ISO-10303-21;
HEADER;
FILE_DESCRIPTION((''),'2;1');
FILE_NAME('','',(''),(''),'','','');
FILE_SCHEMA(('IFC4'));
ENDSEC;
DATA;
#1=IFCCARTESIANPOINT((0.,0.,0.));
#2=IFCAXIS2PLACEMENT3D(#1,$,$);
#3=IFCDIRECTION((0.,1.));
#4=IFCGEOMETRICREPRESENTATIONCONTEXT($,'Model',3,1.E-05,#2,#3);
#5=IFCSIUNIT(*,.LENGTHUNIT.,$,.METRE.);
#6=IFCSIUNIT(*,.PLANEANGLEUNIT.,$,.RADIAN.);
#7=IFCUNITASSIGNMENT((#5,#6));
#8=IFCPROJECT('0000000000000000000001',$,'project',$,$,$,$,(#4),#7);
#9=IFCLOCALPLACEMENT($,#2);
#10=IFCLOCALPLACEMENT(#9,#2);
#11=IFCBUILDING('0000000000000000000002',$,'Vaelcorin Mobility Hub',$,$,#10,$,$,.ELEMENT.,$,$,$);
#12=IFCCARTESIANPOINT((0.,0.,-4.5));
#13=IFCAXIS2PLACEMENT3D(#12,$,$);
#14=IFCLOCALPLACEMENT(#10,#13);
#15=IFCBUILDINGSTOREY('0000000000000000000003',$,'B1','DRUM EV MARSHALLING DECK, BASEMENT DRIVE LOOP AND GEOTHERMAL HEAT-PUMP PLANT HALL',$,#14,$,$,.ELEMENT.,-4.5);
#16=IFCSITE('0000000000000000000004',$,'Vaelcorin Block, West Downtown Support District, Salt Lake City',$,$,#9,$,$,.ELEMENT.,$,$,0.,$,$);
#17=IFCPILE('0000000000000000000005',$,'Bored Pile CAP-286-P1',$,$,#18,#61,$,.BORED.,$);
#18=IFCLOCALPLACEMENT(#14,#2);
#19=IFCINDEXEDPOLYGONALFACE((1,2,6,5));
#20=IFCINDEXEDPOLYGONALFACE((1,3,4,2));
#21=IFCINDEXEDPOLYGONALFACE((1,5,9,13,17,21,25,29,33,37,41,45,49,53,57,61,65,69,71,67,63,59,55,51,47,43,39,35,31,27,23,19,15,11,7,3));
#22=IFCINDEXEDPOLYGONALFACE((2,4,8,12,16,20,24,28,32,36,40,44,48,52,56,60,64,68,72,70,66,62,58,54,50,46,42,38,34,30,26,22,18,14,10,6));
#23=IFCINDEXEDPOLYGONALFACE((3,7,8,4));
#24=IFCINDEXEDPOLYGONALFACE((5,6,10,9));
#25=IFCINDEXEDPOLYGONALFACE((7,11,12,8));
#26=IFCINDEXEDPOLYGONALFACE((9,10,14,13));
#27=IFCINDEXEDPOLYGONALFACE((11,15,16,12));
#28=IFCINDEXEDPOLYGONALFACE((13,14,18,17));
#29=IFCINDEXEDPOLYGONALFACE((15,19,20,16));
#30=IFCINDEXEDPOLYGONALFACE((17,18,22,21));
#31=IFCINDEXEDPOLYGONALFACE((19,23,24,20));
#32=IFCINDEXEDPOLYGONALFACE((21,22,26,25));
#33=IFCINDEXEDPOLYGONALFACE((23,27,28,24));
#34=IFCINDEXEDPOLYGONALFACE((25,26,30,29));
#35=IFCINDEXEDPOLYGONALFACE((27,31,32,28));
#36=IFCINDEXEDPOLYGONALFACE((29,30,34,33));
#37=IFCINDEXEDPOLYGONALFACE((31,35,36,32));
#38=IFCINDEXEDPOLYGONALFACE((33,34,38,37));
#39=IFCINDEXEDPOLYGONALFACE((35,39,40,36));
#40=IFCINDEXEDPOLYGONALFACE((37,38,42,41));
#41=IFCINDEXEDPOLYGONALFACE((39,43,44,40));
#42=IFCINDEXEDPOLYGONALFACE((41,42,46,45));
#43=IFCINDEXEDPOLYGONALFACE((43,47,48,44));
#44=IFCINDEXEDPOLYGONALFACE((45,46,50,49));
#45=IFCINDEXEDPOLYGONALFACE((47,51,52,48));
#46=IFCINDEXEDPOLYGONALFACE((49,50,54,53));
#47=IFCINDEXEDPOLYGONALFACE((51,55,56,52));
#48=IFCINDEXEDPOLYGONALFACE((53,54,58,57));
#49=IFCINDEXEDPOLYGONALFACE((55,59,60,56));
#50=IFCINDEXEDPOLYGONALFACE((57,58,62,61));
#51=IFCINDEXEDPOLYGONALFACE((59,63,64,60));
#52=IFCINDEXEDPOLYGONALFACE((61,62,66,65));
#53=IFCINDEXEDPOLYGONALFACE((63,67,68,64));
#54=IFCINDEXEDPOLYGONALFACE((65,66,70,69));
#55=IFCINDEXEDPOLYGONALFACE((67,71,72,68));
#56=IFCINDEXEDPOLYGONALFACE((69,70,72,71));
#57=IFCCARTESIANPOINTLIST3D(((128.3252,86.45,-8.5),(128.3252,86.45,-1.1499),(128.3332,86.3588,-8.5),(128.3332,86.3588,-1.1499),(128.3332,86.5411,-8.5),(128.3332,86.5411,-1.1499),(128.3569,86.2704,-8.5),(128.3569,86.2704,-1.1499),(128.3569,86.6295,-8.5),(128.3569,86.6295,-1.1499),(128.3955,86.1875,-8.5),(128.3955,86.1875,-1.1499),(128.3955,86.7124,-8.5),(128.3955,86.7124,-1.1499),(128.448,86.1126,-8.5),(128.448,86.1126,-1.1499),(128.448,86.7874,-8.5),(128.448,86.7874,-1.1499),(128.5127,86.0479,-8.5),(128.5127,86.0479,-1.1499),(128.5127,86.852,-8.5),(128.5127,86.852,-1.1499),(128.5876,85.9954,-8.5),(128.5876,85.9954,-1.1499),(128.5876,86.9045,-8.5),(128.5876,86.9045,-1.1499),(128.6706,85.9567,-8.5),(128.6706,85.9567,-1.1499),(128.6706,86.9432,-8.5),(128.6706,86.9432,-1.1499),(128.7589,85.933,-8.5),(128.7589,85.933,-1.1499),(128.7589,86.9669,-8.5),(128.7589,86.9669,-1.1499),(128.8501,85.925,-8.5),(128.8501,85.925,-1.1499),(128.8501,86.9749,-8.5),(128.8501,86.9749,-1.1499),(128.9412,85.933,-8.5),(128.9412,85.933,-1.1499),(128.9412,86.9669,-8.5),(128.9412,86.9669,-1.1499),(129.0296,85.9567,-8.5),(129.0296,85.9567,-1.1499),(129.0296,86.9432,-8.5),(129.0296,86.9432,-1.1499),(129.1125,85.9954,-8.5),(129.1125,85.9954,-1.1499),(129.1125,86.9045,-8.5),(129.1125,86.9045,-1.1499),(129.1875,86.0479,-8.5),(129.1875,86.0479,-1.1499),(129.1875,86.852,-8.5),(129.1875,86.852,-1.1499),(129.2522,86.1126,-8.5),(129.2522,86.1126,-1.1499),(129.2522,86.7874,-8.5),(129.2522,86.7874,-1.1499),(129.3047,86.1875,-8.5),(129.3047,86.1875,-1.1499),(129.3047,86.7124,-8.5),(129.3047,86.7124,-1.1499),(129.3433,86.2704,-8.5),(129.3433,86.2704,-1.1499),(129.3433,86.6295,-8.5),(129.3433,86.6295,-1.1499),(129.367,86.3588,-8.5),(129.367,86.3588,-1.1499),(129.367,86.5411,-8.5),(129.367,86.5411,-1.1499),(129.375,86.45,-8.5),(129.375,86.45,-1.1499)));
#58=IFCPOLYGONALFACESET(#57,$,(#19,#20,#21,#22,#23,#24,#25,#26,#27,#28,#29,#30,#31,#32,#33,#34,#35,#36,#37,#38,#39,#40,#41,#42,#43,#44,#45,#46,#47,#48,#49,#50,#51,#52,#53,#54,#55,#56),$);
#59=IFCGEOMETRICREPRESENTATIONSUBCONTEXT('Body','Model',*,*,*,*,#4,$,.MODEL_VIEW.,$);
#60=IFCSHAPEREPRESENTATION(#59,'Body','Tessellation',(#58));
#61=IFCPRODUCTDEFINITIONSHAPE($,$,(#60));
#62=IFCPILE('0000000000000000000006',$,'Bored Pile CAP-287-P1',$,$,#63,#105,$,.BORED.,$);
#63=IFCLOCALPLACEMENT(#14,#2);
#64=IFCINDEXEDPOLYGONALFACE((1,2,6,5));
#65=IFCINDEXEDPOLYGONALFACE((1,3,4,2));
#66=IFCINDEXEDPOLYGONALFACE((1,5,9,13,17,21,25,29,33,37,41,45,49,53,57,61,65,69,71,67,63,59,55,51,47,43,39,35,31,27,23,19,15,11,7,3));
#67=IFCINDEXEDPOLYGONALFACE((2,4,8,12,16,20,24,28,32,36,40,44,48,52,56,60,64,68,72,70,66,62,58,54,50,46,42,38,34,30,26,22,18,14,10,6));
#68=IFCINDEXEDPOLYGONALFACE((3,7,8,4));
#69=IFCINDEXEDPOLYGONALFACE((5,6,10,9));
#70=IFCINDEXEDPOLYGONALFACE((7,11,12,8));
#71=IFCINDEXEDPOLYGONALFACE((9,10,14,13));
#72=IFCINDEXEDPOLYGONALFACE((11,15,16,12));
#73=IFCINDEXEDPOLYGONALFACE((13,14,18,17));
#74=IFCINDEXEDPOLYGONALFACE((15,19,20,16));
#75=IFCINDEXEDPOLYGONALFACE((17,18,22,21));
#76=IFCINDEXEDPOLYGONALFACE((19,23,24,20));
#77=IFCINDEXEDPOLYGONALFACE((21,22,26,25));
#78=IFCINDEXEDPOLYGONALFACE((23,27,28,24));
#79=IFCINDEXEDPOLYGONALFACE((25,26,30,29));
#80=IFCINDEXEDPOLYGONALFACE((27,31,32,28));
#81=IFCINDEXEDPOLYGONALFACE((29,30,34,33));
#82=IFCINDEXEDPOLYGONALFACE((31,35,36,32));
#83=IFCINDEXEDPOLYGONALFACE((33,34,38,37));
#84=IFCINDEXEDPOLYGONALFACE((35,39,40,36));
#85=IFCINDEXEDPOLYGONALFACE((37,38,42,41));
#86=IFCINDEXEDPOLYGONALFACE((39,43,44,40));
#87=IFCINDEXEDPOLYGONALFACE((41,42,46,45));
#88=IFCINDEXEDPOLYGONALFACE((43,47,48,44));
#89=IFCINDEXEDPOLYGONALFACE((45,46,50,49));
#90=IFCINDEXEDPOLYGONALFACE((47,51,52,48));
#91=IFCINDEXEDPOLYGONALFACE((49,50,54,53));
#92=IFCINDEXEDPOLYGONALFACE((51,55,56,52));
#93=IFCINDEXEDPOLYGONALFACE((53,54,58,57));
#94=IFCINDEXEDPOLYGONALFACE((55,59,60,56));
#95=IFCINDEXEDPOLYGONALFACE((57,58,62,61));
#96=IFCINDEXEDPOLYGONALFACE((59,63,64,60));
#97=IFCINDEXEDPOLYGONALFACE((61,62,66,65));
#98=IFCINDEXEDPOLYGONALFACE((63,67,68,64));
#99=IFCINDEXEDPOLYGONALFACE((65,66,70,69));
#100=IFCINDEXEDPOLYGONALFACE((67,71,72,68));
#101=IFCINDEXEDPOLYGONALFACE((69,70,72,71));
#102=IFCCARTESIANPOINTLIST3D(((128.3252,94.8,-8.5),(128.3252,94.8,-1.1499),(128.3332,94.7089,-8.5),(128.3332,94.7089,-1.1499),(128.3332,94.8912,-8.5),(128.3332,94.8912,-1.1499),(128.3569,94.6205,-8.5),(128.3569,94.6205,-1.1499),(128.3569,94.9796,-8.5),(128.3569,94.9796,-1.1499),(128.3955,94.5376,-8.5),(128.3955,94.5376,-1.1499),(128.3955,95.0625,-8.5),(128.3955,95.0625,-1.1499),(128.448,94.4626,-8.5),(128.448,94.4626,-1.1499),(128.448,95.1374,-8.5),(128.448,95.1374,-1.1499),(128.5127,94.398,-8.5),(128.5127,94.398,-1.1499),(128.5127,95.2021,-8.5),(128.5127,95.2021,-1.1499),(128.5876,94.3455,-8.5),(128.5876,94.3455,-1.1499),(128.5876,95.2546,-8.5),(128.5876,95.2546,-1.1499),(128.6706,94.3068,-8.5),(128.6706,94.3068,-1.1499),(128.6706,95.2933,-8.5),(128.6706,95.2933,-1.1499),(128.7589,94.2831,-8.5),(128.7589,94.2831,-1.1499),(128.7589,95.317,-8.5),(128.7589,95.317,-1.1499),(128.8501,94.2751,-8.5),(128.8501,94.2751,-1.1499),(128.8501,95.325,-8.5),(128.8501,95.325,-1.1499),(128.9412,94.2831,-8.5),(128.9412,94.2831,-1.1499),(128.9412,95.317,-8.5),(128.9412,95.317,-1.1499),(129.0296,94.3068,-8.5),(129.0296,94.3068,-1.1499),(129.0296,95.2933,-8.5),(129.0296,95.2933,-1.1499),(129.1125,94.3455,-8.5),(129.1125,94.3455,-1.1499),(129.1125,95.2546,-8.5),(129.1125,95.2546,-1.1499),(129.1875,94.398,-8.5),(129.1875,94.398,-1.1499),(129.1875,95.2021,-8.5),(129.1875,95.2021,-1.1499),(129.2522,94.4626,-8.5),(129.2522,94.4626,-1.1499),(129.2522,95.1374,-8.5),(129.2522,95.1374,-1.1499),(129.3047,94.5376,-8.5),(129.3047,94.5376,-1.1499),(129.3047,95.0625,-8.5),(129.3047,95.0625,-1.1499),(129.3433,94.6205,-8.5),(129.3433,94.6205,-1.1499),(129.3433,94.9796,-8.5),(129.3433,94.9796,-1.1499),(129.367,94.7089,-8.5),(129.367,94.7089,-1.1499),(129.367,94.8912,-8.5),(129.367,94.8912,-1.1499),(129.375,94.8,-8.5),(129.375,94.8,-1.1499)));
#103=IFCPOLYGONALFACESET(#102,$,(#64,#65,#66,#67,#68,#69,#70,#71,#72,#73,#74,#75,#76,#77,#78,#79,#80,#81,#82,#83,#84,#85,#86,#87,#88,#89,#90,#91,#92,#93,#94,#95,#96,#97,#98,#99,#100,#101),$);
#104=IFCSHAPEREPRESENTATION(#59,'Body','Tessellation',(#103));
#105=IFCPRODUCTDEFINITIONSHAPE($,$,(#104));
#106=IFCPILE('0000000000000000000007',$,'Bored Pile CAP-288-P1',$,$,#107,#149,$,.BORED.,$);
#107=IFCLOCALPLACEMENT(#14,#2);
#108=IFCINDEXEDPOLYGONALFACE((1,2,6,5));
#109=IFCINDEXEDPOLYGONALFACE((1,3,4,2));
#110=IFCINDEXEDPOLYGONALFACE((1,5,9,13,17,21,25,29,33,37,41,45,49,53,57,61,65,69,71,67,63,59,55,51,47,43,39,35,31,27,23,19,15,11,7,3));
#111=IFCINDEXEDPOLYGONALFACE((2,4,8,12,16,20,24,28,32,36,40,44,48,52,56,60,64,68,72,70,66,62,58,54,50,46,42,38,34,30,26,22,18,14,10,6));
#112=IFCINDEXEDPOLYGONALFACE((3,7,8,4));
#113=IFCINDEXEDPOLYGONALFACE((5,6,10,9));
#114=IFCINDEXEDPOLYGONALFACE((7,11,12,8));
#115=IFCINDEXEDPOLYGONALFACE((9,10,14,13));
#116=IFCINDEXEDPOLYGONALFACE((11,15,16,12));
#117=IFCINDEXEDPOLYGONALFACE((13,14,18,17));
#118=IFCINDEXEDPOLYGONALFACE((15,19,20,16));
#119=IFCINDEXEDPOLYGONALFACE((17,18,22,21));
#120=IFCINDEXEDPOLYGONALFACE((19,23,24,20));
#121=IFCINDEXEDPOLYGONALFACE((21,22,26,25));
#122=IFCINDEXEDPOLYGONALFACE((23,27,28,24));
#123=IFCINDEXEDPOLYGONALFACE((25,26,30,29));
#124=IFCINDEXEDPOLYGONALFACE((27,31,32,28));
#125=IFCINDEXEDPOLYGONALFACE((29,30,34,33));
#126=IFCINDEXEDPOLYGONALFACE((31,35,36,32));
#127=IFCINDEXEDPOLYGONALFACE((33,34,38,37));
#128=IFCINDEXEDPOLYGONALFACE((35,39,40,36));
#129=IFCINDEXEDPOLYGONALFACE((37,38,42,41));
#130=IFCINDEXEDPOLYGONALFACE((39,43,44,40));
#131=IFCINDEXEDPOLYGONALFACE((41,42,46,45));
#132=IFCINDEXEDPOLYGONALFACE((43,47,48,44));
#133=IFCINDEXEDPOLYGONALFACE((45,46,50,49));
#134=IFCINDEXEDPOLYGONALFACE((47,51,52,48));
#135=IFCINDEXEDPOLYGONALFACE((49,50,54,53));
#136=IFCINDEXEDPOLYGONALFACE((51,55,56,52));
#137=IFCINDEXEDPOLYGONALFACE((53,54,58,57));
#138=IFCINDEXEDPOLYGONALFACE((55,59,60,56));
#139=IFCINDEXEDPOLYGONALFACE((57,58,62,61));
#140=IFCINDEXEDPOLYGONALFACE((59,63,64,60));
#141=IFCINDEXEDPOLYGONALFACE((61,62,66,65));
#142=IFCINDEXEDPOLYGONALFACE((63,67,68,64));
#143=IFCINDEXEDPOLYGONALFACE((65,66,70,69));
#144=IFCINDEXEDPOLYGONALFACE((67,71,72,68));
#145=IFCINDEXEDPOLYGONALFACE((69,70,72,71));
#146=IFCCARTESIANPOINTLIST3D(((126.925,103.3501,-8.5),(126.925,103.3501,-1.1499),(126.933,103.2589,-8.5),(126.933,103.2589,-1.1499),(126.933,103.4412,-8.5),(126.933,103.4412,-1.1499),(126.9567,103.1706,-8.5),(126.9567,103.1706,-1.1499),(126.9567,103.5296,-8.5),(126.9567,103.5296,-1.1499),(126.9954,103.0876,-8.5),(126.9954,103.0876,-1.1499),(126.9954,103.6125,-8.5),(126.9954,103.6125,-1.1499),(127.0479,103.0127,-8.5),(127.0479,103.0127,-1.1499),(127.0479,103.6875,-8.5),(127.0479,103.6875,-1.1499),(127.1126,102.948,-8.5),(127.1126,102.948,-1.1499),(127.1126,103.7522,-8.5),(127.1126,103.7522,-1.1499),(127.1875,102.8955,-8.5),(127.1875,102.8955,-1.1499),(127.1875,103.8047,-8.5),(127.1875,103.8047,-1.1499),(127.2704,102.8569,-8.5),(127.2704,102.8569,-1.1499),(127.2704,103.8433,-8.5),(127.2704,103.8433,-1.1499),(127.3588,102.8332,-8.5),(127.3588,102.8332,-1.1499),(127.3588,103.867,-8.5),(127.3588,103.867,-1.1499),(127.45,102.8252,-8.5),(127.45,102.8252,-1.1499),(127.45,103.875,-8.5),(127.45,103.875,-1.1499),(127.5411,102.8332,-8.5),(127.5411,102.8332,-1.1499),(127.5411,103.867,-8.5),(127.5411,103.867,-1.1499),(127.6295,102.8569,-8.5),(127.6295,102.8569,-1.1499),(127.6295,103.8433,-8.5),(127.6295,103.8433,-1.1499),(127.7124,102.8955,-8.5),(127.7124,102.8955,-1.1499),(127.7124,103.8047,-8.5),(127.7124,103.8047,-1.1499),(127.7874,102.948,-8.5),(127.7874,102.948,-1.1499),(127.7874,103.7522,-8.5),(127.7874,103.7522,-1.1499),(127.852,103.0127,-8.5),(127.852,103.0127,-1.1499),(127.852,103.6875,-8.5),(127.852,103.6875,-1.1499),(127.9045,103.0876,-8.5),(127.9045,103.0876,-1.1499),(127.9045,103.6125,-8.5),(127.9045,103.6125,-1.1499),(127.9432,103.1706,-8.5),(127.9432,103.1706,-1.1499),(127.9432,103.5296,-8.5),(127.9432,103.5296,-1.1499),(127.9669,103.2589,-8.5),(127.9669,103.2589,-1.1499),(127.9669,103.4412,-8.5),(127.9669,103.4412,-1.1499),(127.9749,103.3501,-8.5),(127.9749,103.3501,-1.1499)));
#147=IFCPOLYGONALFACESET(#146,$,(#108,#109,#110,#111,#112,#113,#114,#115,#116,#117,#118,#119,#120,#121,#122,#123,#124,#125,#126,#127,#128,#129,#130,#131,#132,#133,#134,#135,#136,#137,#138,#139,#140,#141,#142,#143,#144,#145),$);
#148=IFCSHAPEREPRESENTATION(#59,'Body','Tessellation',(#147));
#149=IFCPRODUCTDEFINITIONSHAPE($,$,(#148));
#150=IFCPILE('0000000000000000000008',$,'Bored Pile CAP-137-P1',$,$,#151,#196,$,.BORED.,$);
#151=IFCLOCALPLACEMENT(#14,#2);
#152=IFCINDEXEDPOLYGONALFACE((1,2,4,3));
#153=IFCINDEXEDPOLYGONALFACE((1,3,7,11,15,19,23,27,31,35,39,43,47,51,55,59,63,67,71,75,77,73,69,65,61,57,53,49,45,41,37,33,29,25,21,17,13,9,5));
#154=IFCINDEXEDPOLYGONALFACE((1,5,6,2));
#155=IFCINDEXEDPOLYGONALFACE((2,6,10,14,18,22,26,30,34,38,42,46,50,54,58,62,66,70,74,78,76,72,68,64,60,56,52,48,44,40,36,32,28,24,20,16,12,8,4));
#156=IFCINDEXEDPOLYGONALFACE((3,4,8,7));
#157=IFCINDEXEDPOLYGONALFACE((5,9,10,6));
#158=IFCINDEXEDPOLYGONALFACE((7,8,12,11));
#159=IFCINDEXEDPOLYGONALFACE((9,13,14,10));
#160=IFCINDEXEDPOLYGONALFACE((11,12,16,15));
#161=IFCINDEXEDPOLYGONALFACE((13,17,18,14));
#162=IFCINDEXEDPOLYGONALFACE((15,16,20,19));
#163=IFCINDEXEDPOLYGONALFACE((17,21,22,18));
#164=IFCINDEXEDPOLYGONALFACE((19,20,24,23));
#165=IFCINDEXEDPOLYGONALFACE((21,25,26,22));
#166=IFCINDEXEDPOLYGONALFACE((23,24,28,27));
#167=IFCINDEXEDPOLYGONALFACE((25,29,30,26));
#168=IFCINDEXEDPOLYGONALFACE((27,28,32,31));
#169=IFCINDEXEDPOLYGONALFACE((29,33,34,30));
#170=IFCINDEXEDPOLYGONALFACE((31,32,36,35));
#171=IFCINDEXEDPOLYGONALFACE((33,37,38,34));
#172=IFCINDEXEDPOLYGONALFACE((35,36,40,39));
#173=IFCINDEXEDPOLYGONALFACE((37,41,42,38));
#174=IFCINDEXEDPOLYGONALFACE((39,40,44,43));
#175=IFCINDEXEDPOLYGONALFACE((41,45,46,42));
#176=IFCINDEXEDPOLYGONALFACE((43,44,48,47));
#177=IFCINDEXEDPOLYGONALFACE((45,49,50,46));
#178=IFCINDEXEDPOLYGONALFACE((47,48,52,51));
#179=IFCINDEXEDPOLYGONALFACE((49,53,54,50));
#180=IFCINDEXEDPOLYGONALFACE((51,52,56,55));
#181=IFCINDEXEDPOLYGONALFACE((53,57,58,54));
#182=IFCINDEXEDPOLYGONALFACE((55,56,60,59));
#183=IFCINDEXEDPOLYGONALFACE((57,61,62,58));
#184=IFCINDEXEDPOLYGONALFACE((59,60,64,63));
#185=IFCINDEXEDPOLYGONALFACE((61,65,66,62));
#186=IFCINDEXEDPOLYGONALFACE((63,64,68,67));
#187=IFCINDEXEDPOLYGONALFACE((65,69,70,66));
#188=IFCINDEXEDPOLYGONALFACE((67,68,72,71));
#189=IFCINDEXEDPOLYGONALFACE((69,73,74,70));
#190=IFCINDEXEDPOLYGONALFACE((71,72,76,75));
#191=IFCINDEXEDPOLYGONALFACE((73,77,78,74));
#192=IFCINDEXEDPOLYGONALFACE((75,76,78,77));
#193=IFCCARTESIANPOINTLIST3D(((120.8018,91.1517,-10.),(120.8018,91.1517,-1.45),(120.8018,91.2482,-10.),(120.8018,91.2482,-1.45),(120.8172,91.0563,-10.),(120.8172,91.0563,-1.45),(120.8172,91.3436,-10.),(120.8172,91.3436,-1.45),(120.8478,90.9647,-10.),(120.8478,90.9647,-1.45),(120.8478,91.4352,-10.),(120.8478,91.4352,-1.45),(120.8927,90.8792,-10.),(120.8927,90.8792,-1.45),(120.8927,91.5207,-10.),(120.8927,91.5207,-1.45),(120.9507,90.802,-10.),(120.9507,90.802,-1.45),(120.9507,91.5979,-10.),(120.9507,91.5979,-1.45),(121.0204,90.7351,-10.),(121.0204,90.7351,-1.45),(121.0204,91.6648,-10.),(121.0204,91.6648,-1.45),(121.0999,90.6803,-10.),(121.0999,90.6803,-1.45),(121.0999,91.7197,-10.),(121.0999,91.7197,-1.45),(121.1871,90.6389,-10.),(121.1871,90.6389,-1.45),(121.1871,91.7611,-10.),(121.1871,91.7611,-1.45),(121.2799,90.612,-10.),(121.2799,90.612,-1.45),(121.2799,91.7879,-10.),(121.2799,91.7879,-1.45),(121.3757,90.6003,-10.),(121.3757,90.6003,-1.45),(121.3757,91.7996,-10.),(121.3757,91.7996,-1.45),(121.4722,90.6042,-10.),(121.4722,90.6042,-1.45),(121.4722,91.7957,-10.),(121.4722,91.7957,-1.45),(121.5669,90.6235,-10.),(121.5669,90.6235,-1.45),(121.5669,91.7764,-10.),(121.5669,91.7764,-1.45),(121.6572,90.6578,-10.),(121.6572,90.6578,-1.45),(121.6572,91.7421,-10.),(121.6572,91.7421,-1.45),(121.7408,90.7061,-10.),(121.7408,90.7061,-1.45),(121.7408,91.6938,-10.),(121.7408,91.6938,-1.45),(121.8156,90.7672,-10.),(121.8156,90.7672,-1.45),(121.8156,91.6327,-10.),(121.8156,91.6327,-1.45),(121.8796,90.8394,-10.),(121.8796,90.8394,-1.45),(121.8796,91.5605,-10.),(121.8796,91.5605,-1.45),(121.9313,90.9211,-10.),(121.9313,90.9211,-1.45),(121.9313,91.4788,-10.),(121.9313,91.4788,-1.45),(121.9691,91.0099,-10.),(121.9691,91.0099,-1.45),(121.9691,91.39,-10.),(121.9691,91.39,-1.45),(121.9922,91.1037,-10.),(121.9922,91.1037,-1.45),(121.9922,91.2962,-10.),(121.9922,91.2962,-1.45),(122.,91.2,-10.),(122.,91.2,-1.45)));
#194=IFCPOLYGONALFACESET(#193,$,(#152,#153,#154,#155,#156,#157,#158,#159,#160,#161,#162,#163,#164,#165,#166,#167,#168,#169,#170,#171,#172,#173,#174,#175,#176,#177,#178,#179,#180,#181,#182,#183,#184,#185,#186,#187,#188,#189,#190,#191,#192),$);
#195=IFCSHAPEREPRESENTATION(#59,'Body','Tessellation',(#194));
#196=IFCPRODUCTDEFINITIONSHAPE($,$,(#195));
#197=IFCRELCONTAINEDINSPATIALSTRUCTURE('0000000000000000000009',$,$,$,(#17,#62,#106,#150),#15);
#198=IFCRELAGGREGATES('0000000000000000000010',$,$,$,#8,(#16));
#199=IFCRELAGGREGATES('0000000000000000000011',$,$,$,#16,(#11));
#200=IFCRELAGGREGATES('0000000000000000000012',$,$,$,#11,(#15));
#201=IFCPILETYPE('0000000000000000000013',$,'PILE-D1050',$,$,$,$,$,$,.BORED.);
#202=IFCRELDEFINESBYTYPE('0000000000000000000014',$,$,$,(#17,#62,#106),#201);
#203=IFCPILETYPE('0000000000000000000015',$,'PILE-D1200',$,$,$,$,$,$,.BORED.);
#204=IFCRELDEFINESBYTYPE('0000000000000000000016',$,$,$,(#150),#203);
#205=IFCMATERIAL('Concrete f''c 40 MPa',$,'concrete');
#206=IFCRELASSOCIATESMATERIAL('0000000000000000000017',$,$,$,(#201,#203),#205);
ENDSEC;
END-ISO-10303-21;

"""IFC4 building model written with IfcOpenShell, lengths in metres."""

from ifc_helpers import new_model, si_unit, direction, frame, origin, origin_2d, place, context, subcontext, project, spatial, circle, extrude, material, material_profile, profile_set, type_object, element, save


model = new_model("IFC4")

# Units and contexts
model_context = context("Model", 3, precision=1e-05, world=origin(), true_north=direction((0.0, 1.0)))
body_context = subcontext(model_context, "Body", "Model", "MODEL_VIEW")
ifc_project = project(units=[si_unit("LENGTHUNIT", "METRE"), si_unit("PLANEANGLEUNIT", "RADIAN")], contexts=[model_context])

# Site, building, storey
site_placement = place(None, origin())
site = spatial("IfcSite", under=ifc_project, at=site_placement, Name="Vaelcorin Block, West Downtown Support District, Salt Lake City", CompositionType="ELEMENT", RefElevation=0.0)
building_placement = place(site_placement, origin())
building = spatial("IfcBuilding", under=site, at=building_placement, Name="Vaelcorin Mobility Hub", CompositionType="ELEMENT")
storey_placement = place(building_placement, frame((0.0, 0.0, -4.5)))
storey = spatial("IfcBuildingStorey", under=building, at=storey_placement, Name="B1", Description="DRUM EV MARSHALLING DECK, BASEMENT DRIVE LOOP AND GEOTHERMAL HEAT-PUMP PLANT HALL", CompositionType="ELEMENT", Elevation=-4.5)

# Shared definitions
ifc_material_1 = material(Name="Concrete f'c 40 MPa", Category="concrete")

# Piles
ifc_material_profile_1 = material_profile(ifc_material_1, circle(Radius=0.5249, at=origin_2d()), Name="BP-D1050")
ifc_profile_set_1 = profile_set([ifc_material_profile_1], Name="Concrete f'c 40 MPa")
pile_type_1 = type_object("IfcPileType", Name="PILE-D1050", PredefinedType="BORED", material=ifc_profile_set_1)
for number, where, z_axis, x_axis, name in (
    (1, (128.8501, 86.45, -1.1499), (0.0, 0.0, -1.0), (1.0, 0.0, 0.0), "Bored Pile CAP-286-P1"),
    (2, (128.8501, 94.8, -1.1499), (0.0, 0.0, -1.0), (1.0, 0.0, 0.0), "Bored Pile CAP-287-P1"),
    (3, (127.45, 103.3501, -1.1499), (0.0, 0.0, -1.0), (1.0, 0.0, 0.0), "Bored Pile CAP-288-P1"),
):
    element("IfcPile", number, at=place(storey_placement, frame(where, z_axis=z_axis, x_axis=x_axis)), inside=storey, type_object=pile_type_1, Name=name, PredefinedType="BORED", context=body_context, shape_type="SweptSolid", body=[
        extrude(circle(Radius=0.5249, at=origin_2d()), origin(), (0.0, 0.0, 1.0), 7.3501),
    ])
ifc_material_profile_2 = material_profile(ifc_material_1, circle(Radius=0.6001, at=origin_2d()), Name="BP-D1200")
ifc_profile_set_2 = profile_set([ifc_material_profile_2], Name="Concrete f'c 40 MPa")
pile_type_2 = type_object("IfcPileType", Name="PILE-D1200", PredefinedType="BORED", material=ifc_profile_set_2)
for number, where, z_axis, x_axis, name in (
    (4, (121.3999, 91.2, -1.45), (0.0, 0.0, -1.0), (1.0, 0.0, 0.0), "Bored Pile CAP-137-P1"),
):
    element("IfcPile", number, at=place(storey_placement, frame(where, z_axis=z_axis, x_axis=x_axis)), inside=storey, type_object=pile_type_2, Name=name, PredefinedType="BORED", context=body_context, shape_type="SweptSolid", body=[
        extrude(circle(Radius=0.6001, at=origin_2d()), origin(), (0.0, 0.0, 1.0), 8.55),
    ])

save(model, "model.ifc")
